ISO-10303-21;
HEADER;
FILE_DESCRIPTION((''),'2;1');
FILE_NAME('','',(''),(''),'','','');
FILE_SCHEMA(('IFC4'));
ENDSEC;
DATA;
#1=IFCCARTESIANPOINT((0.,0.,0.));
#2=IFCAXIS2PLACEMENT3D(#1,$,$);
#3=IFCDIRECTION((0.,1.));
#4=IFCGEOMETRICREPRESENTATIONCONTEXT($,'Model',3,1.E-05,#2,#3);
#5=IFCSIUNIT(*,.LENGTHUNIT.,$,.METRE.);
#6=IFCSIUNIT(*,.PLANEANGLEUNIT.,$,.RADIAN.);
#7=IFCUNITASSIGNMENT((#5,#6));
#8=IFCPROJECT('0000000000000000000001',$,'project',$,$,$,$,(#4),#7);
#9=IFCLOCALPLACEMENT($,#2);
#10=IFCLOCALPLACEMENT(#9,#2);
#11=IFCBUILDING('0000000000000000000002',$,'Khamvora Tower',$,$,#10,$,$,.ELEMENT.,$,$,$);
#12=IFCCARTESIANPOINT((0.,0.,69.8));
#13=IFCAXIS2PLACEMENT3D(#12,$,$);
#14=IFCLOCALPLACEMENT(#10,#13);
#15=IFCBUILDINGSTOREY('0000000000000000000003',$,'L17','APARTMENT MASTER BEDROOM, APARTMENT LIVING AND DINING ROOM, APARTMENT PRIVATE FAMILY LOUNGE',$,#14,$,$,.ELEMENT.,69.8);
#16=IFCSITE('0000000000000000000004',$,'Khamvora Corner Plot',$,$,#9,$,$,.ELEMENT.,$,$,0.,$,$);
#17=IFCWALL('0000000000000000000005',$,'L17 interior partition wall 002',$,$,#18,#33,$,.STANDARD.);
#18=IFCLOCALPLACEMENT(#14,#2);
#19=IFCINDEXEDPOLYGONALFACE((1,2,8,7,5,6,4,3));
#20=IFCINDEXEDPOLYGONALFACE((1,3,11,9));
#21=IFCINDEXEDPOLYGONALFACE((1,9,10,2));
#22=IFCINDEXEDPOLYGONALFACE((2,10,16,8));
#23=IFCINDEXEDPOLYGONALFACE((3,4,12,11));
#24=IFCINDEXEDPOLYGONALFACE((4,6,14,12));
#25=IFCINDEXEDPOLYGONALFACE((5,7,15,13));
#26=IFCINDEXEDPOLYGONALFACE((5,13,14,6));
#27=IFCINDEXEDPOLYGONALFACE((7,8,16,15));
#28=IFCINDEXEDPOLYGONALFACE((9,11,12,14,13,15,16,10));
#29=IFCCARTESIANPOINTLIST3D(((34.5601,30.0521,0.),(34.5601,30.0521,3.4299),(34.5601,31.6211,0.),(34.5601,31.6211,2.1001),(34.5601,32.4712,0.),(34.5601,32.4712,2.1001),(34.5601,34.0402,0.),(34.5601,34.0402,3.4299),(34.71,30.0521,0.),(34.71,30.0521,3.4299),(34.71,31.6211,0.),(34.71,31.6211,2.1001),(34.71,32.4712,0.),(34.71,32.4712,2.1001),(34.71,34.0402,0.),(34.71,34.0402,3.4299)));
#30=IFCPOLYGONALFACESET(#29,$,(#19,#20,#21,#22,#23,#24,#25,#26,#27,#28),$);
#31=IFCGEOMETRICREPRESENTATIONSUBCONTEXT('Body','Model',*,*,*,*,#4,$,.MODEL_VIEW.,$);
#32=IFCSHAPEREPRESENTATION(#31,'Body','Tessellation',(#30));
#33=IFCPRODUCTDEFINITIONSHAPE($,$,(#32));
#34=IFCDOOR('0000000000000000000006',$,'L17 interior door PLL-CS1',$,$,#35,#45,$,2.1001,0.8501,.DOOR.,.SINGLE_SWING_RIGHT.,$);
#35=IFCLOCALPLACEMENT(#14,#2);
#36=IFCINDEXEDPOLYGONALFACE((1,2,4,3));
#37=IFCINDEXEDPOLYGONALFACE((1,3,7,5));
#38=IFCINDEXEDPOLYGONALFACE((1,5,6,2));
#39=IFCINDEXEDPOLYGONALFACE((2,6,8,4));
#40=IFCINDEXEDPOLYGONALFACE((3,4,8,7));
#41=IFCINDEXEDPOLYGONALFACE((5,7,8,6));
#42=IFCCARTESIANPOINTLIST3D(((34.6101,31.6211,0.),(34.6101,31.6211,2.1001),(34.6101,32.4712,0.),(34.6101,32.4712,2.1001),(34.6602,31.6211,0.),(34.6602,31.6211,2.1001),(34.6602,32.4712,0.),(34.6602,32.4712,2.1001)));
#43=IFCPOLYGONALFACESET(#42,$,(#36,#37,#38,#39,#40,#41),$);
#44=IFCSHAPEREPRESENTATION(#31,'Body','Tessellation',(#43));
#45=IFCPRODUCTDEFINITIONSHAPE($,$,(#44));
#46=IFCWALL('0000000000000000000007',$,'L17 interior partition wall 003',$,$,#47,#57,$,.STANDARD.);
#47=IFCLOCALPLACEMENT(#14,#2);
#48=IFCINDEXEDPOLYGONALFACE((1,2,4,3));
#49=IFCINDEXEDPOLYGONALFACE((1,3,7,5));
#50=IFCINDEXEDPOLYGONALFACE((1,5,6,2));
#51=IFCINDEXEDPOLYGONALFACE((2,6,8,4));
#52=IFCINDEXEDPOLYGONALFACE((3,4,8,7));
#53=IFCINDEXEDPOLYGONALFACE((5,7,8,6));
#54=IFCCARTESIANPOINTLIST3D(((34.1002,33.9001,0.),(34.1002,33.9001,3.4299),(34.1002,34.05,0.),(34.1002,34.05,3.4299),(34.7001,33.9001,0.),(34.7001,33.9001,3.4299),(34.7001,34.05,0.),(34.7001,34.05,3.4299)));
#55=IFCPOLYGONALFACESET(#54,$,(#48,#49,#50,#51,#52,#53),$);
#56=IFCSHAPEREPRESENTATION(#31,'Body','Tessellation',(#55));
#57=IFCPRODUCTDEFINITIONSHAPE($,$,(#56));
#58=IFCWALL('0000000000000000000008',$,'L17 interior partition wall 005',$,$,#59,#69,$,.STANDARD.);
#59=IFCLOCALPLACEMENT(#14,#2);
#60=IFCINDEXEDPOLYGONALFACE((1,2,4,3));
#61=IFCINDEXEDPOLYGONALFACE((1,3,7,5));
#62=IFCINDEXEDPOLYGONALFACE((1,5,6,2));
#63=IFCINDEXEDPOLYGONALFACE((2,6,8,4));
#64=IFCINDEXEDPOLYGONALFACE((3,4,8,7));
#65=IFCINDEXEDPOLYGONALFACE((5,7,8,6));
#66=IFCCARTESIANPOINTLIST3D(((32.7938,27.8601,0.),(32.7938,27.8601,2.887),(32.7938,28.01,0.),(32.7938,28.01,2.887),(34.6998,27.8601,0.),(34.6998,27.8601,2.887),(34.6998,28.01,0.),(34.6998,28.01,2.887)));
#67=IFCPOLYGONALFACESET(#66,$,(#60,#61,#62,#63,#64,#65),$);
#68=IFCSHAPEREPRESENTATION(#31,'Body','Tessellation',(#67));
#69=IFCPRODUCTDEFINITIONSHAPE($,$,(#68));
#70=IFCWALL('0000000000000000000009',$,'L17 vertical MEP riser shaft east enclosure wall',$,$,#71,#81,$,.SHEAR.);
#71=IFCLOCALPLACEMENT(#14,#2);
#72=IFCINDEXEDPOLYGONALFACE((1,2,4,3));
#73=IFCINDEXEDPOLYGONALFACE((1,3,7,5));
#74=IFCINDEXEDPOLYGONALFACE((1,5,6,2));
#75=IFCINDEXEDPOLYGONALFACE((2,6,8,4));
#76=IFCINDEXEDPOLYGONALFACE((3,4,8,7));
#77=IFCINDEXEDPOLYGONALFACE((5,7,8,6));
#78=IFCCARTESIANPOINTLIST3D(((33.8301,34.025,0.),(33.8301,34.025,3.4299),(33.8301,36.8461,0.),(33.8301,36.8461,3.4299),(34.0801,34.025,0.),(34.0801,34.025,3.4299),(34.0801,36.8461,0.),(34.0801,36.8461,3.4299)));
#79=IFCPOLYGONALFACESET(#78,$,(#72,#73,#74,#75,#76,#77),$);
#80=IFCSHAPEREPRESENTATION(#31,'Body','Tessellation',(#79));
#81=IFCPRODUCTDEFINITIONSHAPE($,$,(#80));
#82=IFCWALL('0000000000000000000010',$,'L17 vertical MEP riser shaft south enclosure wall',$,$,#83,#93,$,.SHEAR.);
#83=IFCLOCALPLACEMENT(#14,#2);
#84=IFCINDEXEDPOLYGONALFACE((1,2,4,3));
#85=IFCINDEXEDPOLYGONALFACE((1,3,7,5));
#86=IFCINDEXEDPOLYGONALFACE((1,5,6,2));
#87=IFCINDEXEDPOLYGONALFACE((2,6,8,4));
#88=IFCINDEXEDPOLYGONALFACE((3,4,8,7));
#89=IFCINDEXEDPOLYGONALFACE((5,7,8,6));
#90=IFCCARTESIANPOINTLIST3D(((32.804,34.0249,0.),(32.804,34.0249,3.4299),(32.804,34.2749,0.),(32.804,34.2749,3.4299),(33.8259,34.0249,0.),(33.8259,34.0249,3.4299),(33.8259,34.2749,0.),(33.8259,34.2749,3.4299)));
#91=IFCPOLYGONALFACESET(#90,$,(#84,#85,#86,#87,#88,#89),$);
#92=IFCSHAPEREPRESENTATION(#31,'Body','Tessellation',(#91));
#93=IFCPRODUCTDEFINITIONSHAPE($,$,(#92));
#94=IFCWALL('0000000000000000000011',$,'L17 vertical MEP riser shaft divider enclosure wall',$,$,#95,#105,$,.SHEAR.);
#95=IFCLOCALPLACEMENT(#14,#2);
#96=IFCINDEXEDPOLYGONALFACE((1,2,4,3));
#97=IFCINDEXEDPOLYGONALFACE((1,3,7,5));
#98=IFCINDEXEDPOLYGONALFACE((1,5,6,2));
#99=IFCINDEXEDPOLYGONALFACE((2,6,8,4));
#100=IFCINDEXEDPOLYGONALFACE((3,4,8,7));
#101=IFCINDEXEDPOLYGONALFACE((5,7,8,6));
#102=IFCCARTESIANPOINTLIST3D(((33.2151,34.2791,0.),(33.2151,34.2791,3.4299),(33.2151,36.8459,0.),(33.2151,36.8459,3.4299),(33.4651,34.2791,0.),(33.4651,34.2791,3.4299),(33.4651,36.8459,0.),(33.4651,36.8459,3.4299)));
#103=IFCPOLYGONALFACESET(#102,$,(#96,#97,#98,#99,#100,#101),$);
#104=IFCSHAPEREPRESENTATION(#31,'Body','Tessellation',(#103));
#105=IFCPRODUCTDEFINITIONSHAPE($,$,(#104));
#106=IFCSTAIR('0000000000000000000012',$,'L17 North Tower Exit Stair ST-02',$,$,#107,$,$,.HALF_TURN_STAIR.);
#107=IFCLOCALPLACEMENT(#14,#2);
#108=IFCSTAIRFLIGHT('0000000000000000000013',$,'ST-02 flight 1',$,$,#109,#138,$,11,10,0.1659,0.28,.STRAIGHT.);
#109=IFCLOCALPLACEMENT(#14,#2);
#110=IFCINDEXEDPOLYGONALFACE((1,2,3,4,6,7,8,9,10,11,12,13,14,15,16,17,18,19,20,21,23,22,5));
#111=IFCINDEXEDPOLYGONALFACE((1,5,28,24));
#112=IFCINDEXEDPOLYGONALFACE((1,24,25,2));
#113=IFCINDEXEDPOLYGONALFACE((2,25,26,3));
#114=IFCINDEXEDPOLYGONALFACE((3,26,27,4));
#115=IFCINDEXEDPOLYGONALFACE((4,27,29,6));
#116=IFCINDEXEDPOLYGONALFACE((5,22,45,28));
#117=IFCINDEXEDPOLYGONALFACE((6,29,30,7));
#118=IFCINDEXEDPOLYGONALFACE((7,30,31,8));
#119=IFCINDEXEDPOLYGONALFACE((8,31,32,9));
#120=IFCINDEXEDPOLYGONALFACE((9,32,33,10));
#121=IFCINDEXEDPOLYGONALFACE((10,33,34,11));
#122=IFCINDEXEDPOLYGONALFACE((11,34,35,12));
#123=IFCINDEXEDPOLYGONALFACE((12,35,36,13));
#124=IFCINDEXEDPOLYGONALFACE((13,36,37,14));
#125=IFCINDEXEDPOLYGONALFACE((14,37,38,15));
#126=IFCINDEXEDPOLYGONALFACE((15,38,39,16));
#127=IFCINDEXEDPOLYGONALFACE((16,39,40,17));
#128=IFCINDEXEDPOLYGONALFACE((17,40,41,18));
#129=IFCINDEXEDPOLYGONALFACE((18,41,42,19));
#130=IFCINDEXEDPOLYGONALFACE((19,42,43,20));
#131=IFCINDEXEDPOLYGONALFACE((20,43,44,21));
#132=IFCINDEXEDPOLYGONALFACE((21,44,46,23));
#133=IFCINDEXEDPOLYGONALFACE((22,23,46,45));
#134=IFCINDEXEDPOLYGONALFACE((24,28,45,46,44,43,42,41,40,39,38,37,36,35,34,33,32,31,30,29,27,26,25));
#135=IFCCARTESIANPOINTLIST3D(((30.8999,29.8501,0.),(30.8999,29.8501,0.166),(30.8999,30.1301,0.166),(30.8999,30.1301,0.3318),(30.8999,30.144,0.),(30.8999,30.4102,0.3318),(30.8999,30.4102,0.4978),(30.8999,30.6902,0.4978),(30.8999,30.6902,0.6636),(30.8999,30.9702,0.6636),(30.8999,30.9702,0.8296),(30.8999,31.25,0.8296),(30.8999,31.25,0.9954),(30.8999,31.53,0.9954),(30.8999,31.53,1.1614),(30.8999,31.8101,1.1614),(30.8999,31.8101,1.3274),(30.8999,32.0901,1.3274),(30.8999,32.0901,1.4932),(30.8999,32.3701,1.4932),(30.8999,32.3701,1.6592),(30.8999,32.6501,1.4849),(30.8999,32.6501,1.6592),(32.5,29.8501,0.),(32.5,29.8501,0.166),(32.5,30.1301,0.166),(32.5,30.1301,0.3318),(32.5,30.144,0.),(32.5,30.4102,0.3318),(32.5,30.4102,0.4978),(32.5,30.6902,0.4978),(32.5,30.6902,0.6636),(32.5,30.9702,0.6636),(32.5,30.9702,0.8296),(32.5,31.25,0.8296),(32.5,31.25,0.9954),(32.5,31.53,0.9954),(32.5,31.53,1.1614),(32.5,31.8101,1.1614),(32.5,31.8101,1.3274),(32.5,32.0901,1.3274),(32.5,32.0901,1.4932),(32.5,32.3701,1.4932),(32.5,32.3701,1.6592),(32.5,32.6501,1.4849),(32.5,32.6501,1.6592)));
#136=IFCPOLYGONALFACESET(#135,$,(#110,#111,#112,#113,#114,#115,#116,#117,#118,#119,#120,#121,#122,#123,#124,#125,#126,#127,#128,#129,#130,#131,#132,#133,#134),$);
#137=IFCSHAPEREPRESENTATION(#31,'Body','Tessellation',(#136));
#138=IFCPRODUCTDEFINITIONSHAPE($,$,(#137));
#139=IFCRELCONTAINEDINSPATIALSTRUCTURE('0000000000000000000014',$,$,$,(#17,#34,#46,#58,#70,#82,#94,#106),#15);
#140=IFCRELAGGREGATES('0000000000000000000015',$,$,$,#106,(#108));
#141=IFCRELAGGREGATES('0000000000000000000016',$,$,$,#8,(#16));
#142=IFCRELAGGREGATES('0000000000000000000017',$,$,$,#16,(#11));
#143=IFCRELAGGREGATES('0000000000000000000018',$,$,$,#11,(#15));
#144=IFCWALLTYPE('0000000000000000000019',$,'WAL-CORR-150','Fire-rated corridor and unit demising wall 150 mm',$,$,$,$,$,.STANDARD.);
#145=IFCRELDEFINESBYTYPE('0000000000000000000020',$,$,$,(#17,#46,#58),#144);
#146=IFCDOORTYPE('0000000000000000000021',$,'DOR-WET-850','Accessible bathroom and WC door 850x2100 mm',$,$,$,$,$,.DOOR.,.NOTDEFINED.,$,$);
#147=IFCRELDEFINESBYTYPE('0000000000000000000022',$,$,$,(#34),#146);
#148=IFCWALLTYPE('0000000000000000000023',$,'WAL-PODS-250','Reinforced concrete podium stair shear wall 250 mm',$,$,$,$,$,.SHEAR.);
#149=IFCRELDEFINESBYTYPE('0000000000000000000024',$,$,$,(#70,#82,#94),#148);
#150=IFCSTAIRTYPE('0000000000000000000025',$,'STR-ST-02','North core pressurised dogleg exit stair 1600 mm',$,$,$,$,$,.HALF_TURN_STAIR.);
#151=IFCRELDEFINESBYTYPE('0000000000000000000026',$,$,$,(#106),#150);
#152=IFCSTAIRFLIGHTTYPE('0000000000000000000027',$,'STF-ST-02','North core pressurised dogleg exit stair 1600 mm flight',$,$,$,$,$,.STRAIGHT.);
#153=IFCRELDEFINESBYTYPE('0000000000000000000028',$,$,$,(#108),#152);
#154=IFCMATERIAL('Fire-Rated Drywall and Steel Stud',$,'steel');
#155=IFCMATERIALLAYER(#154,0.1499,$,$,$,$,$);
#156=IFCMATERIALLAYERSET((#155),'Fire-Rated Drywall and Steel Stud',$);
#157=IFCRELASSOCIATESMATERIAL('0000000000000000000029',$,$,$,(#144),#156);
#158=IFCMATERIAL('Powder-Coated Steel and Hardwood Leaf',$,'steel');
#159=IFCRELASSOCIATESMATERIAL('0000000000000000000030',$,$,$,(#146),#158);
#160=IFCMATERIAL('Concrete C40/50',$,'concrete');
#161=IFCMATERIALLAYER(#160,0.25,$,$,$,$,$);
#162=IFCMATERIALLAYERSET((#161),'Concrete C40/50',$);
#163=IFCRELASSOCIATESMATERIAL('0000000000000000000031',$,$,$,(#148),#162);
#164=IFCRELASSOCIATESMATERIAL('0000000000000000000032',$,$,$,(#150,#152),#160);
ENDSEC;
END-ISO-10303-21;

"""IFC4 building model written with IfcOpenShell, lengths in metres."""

from ifc_helpers import new_model, si_unit, direction, frame, frame_2d, origin, place, context, subcontext, project, spatial, polyline, rectangle, outline, extrude, material, layer, layer_set, type_object, element, fill, aggregate, save


model = new_model("IFC4")

# Units and contexts
model_context = context("Model", 3, precision=1e-05, world=origin(), true_north=direction((0.0, 1.0)))
body_context = subcontext(model_context, "Body", "Model", "MODEL_VIEW")
ifc_project = project(units=[si_unit("LENGTHUNIT", "METRE"), si_unit("PLANEANGLEUNIT", "RADIAN")], contexts=[model_context])

# Site, building, storey
site_placement = place(None, origin())
site = spatial("IfcSite", under=ifc_project, at=site_placement, Name="Khamvora Corner Plot", CompositionType="ELEMENT", RefElevation=0.0)
building_placement = place(site_placement, origin())
building = spatial("IfcBuilding", under=site, at=building_placement, Name="Khamvora Tower", CompositionType="ELEMENT")
storey_placement = place(building_placement, frame((0.0, 0.0, 69.8)))
storey = spatial("IfcBuildingStorey", under=building, at=storey_placement, Name="L17", Description="APARTMENT MASTER BEDROOM, APARTMENT LIVING AND DINING ROOM, APARTMENT PRIVATE FAMILY LOUNGE", CompositionType="ELEMENT", Elevation=69.8)

# Shared definitions
ifc_material_1 = material(Name="Powder-Coated Steel and Hardwood Leaf", Category="steel")

# Shared definitions
ifc_material_2 = material(Name="Fire-Rated Drywall and Steel Stud", Category="steel")
ifc_layer_1 = layer(ifc_material_2, 0.1499)
ifc_layer_set_1 = layer_set([ifc_layer_1], Name="Fire-Rated Drywall and Steel Stud")
wall_type_1 = type_object("IfcWallType", Name="WAL-CORR-150", Description="Fire-rated corridor and unit demising wall 150 mm", PredefinedType="STANDARD", material=ifc_layer_set_1)

# Wall, opening, door
wall_1_placement = place(storey_placement, frame((34.635, 30.052, 0.0), z_axis=(0.0, 0.0, 1.0), x_axis=(0.0, 1.0, 0.0)))
wall_1 = element("IfcWall", 1, at=wall_1_placement, inside=storey, type_object=wall_type_1, Name="L17 interior partition wall 002", PredefinedType="STANDARD", context=body_context, shape_type="SweptSolid", body=[
    extrude(rectangle(XDim=3.988, YDim=0.1499, at=frame_2d((1.9941, 0.0))), origin(), (0.0, 0.0, 1.0), 3.4299),
])
opening_1_placement = place(wall_1_placement, frame((1.5691, 0.0, 0.0)))
opening_1 = element("IfcOpeningElement", 2, at=opening_1_placement, cuts=wall_1, PredefinedType="OPENING", context=body_context, shape_type="SweptSolid", body=[
    extrude(rectangle(XDim=0.8501, YDim=2.1001, at=frame_2d((0.425, 1.05))), frame((0.0, 0.085, 0.0), z_axis=(0.0, -1.0, 0.0), x_axis=(1.0, 0.0, 0.0)), (0.0, 0.0, 1.0), 0.1699),
])
door_type_1 = type_object("IfcDoorType", Name="DOR-WET-850", Description="Accessible bathroom and WC door 850x2100 mm", OperationType="NOTDEFINED", PredefinedType="DOOR", material=ifc_material_1)
door_1_placement = place(opening_1_placement, origin())
door_1 = element("IfcDoor", 3, at=door_1_placement, inside=storey, type_object=door_type_1, Name="L17 interior door PLL-CS1", OperationType="SINGLE_SWING_RIGHT", OverallHeight=2.1001, OverallWidth=0.8501, PredefinedType="DOOR", context=body_context, shape_type="SweptSolid", body=[
    extrude(rectangle(XDim=0.8501, YDim=2.1001, at=frame_2d((0.425, 1.05))), frame((0.0, 0.0249, 0.0), z_axis=(0.0, -1.0, 0.0), x_axis=(1.0, 0.0, 0.0)), (0.0, 0.0, 1.0), 0.05),
])
fill(opening_1, door_1)

# Walls
wall_2_placement = place(storey_placement, frame((34.7, 33.9751, 0.0), z_axis=(0.0, 0.0, 1.0), x_axis=(-1.0, 0.0, 0.0)))
element("IfcWall", 4, at=wall_2_placement, inside=storey, type_object=wall_type_1, Name="L17 interior partition wall 003", PredefinedType="STANDARD", context=body_context, shape_type="SweptSolid", body=[
    extrude(rectangle(XDim=0.5999, YDim=0.1499, at=frame_2d((0.2998, 0.0))), origin(), (0.0, 0.0, 1.0), 3.4299),
])
wall_3_placement = place(storey_placement, frame((34.7, 27.9351, 0.0), z_axis=(0.0, 0.0, 1.0), x_axis=(-1.0, 0.0, 0.0)))
element("IfcWall", 5, at=wall_3_placement, inside=storey, type_object=wall_type_1, Name="L17 interior partition wall 005", PredefinedType="STANDARD", context=body_context, shape_type="SweptSolid", body=[
    extrude(rectangle(XDim=1.906, YDim=0.1499, at=frame_2d((0.9531, 0.0))), origin(), (0.0, 0.0, 1.0), 2.887),
])
ifc_material_3 = material(Name="Concrete C40/50", Category="concrete")
ifc_layer_2 = layer(ifc_material_3, 0.25)
ifc_layer_set_2 = layer_set([ifc_layer_2], Name="Concrete C40/50")
wall_type_2 = type_object("IfcWallType", Name="WAL-PODS-250", Description="Reinforced concrete podium stair shear wall 250 mm", PredefinedType="SHEAR", material=ifc_layer_set_2)
wall_4_placement = place(storey_placement, frame((33.9551, 34.0249, 0.0), z_axis=(0.0, 0.0, 1.0), x_axis=(0.0, 1.0, 0.0)))
element("IfcWall", 6, at=wall_4_placement, inside=storey, type_object=wall_type_2, Name="L17 vertical MEP riser shaft east enclosure wall", PredefinedType="SHEAR", context=body_context, shape_type="SweptSolid", body=[
    extrude(rectangle(XDim=2.821, YDim=0.25, at=frame_2d((1.4106, 0.0))), origin(), (0.0, 0.0, 1.0), 3.4299),
])
wall_5_placement = place(storey_placement, frame((32.804, 34.1499, 0.0), z_axis=(0.0, 0.0, 1.0), x_axis=(1.0, 0.0, 0.0)))
element("IfcWall", 7, at=wall_5_placement, inside=storey, type_object=wall_type_2, Name="L17 vertical MEP riser shaft south enclosure wall", PredefinedType="SHEAR", context=body_context, shape_type="SweptSolid", body=[
    extrude(rectangle(XDim=1.022, YDim=0.25, at=frame_2d((0.511, 0.0))), origin(), (0.0, 0.0, 1.0), 3.4299),
])
wall_6_placement = place(storey_placement, frame((33.3401, 34.2791, 0.0), z_axis=(0.0, 0.0, 1.0), x_axis=(0.0, 1.0, 0.0)))
element("IfcWall", 8, at=wall_6_placement, inside=storey, type_object=wall_type_2, Name="L17 vertical MEP riser shaft divider enclosure wall", PredefinedType="SHEAR", context=body_context, shape_type="SweptSolid", body=[
    extrude(rectangle(XDim=2.5669, YDim=0.25, at=frame_2d((1.2834, 0.0))), origin(), (0.0, 0.0, 1.0), 3.4299),
])

# Stair, stair flight
stair_type = type_object("IfcStairType", Name="STR-ST-02", Description="North core pressurised dogleg exit stair 1600 mm", PredefinedType="HALF_TURN_STAIR", material=ifc_material_3)
stair_placement = place(storey_placement, origin())
stair = element("IfcStair", 9, at=stair_placement, inside=storey, type_object=stair_type, Name="L17 North Tower Exit Stair ST-02", PredefinedType="HALF_TURN_STAIR")
stair_flight_type = type_object("IfcStairFlightType", Name="STF-ST-02", Description="North core pressurised dogleg exit stair 1600 mm flight", PredefinedType="STRAIGHT", material=ifc_material_3)
stair_flight_placement = place(storey_placement, frame((31.7, 29.8501, 0.0), z_axis=(0.0, 0.0, 1.0), x_axis=(0.0, 1.0, 0.0)))
stair_flight = element("IfcStairFlight", 10, at=stair_flight_placement, type_object=stair_flight_type, Name="ST-02 flight 1", NumberOfRisers=11, NumberOfTreads=10, PredefinedType="STRAIGHT", RiserHeight=0.1659, TreadLength=0.28, context=body_context, shape_type="SweptSolid", body=[
    extrude(outline(polyline([(0.0, 0.0), (0.0, 0.166), (0.28, 0.166), (0.28, 0.3318), (0.5601, 0.3318), (0.5601, 0.4978), (0.8401, 0.4978), (0.8401, 0.6636), (1.1201, 0.6636), (1.1201, 0.8296), (1.3999, 0.8296), (1.3999, 0.9954), (1.6799, 0.9954), (1.6799, 1.1614), (1.96, 1.1614), (1.96, 1.3274), (2.24, 1.3274), (2.24, 1.4932), (2.52, 1.4932), (2.52, 1.6592), (2.8, 1.6592), (2.8, 1.825), (2.8, 1.4849), (0.2939, 0.0), (0.0, 0.0)])), frame((0.0, 0.8, 0.0), z_axis=(0.0, -1.0, 0.0), x_axis=(1.0, 0.0, 0.0)), (0.0, 0.0, 1.0), 1.6001),
])
aggregate(stair, [stair_flight])

save(model, "model.ifc")
